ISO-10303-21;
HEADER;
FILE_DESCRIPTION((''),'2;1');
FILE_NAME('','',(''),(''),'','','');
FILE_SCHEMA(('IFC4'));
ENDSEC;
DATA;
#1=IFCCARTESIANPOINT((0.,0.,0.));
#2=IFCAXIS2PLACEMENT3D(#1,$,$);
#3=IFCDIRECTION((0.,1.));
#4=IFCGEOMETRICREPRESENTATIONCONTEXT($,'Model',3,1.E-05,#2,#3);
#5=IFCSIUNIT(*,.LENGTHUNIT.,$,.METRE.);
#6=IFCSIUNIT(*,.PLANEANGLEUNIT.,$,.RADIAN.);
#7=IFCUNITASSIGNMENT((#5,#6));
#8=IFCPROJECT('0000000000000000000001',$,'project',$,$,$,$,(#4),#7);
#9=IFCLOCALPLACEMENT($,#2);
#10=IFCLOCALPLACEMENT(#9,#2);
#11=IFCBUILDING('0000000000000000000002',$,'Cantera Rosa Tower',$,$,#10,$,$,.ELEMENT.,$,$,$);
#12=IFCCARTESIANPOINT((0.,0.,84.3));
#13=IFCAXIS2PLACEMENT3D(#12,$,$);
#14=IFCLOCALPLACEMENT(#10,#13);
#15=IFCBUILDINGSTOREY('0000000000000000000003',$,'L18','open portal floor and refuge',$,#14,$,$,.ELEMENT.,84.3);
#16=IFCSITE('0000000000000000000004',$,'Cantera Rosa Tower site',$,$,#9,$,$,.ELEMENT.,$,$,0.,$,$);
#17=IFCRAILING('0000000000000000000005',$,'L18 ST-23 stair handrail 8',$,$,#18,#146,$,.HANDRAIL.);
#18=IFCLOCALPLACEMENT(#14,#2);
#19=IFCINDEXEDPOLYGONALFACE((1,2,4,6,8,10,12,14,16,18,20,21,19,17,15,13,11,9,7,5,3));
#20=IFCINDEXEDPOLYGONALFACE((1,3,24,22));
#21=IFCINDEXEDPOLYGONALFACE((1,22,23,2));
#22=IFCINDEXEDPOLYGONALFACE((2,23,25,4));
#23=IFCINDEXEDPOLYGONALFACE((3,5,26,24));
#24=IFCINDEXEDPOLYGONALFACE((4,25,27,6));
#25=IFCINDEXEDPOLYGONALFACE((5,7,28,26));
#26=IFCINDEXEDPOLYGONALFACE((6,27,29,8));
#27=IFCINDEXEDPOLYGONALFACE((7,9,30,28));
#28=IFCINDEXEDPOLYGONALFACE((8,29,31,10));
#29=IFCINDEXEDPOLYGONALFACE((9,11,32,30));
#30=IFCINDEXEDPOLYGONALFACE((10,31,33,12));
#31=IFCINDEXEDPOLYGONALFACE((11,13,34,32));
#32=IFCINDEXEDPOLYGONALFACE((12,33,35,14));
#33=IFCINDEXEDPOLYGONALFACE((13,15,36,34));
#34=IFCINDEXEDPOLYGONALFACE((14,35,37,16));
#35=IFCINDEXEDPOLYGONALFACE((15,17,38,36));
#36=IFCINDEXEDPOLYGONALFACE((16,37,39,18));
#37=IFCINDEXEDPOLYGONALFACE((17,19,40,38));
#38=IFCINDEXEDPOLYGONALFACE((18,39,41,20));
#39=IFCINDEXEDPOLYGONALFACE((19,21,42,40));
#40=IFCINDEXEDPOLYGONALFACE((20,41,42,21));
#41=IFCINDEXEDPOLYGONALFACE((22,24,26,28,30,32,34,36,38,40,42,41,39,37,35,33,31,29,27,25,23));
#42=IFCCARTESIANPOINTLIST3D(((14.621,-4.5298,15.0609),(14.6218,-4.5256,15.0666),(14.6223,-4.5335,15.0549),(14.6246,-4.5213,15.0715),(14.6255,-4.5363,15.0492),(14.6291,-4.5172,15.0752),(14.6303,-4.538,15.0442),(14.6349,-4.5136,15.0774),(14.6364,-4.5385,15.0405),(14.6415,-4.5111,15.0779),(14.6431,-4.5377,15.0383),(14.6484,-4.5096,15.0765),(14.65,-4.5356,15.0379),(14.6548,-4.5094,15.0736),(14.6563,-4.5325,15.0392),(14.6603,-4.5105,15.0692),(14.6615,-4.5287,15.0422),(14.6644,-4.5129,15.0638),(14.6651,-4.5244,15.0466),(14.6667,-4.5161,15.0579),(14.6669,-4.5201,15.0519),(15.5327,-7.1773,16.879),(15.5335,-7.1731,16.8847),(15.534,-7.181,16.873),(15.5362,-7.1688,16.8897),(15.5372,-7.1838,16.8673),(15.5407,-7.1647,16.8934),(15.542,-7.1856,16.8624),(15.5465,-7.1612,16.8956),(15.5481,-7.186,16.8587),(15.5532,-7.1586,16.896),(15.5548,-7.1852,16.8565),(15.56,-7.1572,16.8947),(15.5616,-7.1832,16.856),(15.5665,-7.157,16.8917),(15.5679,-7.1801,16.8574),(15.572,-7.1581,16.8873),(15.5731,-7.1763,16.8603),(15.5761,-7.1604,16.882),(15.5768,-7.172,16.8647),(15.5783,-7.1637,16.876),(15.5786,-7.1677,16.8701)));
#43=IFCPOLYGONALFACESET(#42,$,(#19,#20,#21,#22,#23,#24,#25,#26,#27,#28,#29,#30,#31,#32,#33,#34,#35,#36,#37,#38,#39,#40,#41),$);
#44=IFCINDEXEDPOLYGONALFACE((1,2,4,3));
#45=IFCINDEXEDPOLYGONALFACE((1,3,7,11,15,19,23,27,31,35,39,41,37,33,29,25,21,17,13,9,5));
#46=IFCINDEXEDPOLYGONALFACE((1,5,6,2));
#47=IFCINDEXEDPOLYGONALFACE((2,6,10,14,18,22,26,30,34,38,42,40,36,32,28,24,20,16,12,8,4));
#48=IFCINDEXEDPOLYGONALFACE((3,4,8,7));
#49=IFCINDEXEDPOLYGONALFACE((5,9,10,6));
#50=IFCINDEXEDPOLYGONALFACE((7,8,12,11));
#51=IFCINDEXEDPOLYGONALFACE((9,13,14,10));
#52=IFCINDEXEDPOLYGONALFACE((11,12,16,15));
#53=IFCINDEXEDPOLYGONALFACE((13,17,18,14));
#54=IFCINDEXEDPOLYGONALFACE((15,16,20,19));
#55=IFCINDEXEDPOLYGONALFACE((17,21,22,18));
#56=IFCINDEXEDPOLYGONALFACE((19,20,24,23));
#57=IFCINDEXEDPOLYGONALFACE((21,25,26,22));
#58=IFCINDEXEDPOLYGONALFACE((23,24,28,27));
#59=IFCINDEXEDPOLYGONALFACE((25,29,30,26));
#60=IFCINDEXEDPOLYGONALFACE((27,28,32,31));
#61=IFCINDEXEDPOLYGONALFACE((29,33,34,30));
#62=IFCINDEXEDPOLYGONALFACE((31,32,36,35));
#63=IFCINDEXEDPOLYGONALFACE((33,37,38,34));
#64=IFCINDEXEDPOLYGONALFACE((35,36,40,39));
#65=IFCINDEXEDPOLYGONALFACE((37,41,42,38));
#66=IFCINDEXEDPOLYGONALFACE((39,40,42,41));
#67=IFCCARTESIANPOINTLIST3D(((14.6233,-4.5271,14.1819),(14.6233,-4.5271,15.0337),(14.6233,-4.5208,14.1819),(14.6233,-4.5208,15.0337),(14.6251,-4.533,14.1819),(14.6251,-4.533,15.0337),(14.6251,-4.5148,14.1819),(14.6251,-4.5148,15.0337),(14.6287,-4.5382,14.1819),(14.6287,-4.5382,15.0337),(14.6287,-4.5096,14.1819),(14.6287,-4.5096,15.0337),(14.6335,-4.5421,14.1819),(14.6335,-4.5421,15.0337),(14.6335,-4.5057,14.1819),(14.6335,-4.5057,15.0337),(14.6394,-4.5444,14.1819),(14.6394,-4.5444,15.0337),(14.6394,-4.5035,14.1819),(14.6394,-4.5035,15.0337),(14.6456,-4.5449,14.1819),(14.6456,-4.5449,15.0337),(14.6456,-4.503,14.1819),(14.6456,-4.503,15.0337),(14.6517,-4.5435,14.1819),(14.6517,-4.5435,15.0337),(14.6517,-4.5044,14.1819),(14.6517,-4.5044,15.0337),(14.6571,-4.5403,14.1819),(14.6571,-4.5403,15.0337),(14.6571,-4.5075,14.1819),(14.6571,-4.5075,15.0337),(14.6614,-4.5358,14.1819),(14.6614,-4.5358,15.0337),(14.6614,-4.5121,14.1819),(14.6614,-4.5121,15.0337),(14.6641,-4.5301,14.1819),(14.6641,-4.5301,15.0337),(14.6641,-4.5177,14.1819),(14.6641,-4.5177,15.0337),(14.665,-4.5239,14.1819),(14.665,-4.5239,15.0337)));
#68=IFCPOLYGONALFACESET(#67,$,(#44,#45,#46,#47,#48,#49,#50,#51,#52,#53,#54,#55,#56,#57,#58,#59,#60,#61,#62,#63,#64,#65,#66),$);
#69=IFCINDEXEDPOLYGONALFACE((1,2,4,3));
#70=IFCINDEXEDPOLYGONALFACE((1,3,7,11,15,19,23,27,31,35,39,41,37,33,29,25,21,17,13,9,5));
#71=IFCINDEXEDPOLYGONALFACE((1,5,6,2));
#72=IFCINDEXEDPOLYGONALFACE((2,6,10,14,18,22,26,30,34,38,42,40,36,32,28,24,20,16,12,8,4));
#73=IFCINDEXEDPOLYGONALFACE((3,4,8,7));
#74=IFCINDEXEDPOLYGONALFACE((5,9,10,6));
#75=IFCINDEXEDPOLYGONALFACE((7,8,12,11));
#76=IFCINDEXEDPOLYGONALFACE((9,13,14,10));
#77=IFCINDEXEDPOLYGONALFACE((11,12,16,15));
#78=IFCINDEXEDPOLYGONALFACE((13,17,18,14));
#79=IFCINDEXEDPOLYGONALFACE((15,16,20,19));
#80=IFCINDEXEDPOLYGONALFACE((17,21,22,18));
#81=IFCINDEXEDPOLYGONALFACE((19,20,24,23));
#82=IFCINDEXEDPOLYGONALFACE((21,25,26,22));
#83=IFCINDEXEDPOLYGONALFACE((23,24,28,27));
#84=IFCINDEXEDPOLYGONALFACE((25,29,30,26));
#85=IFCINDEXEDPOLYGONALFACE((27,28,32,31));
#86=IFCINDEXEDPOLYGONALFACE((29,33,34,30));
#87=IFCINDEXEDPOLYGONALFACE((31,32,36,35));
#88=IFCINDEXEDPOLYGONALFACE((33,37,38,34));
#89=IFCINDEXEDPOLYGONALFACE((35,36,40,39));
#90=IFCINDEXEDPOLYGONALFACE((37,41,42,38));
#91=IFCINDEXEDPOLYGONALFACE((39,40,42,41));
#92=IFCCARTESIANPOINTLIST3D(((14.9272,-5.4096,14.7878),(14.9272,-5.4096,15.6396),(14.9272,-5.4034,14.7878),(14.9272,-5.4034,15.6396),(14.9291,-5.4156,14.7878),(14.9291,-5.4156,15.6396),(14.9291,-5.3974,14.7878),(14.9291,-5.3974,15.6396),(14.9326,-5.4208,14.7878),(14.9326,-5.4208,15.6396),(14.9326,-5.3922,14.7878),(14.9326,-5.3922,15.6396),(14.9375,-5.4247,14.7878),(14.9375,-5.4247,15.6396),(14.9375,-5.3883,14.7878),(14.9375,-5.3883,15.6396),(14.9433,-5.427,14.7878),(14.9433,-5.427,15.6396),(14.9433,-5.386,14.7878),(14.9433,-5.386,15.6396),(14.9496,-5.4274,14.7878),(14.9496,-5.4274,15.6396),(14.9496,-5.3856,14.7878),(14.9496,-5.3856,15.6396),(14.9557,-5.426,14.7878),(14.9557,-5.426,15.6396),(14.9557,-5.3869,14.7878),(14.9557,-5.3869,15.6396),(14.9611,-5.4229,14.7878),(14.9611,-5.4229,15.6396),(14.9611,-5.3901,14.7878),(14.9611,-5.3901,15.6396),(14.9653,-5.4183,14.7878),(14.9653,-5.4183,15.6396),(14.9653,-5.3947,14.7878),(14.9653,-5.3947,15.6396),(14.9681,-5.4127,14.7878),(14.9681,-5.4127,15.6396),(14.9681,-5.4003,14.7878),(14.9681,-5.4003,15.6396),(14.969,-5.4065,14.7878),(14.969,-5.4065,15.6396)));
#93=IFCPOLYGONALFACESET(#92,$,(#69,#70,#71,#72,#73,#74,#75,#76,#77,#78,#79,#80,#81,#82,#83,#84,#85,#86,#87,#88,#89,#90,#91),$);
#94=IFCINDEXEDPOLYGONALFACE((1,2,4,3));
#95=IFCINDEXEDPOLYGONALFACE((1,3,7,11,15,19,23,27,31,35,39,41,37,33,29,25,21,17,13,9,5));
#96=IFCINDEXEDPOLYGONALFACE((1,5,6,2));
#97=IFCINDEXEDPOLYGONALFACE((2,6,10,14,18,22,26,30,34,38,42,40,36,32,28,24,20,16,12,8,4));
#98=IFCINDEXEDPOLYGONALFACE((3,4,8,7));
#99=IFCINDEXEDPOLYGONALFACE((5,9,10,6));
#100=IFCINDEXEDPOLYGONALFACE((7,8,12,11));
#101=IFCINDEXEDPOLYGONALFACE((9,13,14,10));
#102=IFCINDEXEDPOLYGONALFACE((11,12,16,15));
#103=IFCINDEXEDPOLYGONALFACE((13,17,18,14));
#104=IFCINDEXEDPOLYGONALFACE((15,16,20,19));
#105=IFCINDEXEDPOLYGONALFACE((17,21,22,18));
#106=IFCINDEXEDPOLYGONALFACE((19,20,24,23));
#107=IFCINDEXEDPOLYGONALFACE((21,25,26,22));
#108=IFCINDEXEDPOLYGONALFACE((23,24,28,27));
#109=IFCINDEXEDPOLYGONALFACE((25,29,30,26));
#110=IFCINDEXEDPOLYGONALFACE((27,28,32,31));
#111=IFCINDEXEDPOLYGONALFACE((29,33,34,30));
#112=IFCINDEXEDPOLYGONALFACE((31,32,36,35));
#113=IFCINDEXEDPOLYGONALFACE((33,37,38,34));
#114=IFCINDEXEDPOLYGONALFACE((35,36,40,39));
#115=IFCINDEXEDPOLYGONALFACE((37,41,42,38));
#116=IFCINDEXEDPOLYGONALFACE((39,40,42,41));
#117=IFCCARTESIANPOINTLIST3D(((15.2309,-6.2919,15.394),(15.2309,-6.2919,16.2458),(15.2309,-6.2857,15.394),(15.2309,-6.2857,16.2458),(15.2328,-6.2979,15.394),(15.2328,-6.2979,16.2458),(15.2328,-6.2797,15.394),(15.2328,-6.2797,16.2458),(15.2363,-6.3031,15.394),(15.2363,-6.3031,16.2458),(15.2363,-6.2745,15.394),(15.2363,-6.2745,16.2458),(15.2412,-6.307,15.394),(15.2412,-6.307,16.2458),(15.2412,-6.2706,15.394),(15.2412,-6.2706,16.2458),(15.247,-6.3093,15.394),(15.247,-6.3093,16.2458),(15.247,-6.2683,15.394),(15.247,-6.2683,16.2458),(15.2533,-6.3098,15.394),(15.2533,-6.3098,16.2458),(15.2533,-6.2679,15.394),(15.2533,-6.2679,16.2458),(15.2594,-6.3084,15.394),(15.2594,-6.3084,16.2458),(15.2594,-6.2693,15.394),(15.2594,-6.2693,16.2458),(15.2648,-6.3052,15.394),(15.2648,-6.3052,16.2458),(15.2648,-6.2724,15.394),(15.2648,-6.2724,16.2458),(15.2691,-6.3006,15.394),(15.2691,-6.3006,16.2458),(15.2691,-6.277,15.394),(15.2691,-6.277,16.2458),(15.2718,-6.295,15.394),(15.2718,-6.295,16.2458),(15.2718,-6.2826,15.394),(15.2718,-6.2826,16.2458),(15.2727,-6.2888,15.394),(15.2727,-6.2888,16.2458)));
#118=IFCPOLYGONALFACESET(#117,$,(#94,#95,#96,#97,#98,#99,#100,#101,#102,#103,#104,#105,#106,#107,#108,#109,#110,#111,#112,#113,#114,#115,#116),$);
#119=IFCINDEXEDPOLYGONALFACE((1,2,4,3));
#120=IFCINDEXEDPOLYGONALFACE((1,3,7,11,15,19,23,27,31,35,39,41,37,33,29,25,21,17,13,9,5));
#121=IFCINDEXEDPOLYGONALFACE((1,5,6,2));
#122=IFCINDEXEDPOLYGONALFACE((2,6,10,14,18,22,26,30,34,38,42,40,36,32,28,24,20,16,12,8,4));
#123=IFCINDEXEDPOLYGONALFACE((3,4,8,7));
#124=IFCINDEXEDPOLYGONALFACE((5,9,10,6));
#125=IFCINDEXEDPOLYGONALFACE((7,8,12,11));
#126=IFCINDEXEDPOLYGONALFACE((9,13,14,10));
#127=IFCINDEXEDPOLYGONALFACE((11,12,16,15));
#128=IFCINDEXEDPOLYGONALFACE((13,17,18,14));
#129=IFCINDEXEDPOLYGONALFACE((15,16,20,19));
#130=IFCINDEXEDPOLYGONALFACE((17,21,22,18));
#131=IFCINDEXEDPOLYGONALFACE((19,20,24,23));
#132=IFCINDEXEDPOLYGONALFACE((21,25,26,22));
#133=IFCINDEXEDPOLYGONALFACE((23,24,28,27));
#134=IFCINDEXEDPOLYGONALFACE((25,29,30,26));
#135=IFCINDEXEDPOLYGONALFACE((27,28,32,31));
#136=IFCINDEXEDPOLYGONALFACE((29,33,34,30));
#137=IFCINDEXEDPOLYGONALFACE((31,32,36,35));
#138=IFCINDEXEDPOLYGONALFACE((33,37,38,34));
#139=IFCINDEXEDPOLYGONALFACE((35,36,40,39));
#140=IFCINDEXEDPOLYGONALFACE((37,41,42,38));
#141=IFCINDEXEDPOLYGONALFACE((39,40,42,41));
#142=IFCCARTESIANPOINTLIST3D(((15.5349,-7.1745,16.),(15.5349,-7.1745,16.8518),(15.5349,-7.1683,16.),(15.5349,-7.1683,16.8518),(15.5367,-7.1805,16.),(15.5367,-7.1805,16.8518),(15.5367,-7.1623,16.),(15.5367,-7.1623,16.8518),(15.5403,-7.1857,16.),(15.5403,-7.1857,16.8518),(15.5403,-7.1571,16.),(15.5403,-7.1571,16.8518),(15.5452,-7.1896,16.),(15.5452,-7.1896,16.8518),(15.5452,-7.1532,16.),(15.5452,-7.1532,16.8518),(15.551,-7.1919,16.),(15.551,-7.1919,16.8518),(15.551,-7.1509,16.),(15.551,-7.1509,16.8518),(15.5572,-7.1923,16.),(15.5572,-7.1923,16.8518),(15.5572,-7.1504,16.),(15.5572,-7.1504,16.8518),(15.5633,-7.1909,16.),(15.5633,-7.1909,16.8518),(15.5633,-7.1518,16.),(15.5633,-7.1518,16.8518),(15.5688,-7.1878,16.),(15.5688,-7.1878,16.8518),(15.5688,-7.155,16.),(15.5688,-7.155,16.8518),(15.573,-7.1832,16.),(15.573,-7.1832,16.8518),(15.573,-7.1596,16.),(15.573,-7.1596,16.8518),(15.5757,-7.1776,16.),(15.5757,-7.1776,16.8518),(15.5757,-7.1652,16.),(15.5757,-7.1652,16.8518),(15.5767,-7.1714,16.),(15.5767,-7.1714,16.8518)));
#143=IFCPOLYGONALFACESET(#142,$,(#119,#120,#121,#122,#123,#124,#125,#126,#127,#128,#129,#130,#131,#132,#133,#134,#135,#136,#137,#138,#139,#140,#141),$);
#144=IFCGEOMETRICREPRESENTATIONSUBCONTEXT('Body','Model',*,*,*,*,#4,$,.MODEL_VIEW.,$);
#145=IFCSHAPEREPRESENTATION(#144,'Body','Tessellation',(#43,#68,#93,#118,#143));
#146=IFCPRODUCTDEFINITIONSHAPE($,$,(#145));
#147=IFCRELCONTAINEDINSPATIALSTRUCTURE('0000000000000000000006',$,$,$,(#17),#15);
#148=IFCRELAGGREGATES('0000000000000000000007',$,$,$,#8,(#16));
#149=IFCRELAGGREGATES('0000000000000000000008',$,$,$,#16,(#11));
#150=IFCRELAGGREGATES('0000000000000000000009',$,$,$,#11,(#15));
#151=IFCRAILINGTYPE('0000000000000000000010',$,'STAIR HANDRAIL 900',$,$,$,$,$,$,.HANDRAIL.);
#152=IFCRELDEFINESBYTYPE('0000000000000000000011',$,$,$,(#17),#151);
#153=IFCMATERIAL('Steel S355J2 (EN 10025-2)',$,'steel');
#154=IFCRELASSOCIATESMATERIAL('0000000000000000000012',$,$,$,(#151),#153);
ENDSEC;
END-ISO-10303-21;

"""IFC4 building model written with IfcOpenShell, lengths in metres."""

from ifc_helpers import new_model, si_unit, direction, frame, origin, origin_2d, place, context, subcontext, project, spatial, circle, extrude, material, type_object, element, save


model = new_model("IFC4")

# Units and contexts
model_context = context("Model", 3, precision=1e-05, world=origin(), true_north=direction((0.0, 1.0)))
body_context = subcontext(model_context, "Body", "Model", "MODEL_VIEW")
ifc_project = project(units=[si_unit("LENGTHUNIT", "METRE"), si_unit("PLANEANGLEUNIT", "RADIAN")], contexts=[model_context])

# Site, building, storey
site_placement = place(None, origin())
site = spatial("IfcSite", under=ifc_project, at=site_placement, Name="Cantera Rosa Tower site", CompositionType="ELEMENT", RefElevation=0.0)
building_placement = place(site_placement, origin())
building = spatial("IfcBuilding", under=site, at=building_placement, Name="Cantera Rosa Tower", CompositionType="ELEMENT")
storey_placement = place(building_placement, frame((0.0, 0.0, 84.3)))
storey = spatial("IfcBuildingStorey", under=building, at=storey_placement, Name="L18", Description="open portal floor and refuge", CompositionType="ELEMENT", Elevation=84.3)

# Railing
ifc_material_1 = material(Name="Steel S355J2 (EN 10025-2)", Category="steel")
railing_type_1 = type_object("IfcRailingType", Name="STAIR HANDRAIL 900", PredefinedType="HANDRAIL", material=ifc_material_1)
for number, where, name in (
    (1, (14.644, -4.5239, 14.1819), "L18 ST-23 stair handrail 8"),
):
    element("IfcRailing", number, at=place(storey_placement, frame(where)), inside=storey, type_object=railing_type_1, Name=name, PredefinedType="HANDRAIL", context=body_context, shape_type="SweptSolid", body=[
        extrude(circle(Radius=0.0239, at=origin_2d()), frame((0.0, 0.0, 0.876), z_axis=(0.273062, -0.793007, 0.544589), x_axis=(0.945516, 0.325577, 0.0)), (0.0, 0.0, 1.0), 3.3386),
        extrude(circle(Radius=0.021, at=origin_2d()), origin(), (0.0, 0.0, 1.0), 0.8518),
        extrude(circle(Radius=0.021, at=origin_2d()), frame((0.304, -0.8826, 0.606)), (0.0, 0.0, 1.0), 0.8518),
        extrude(circle(Radius=0.021, at=origin_2d()), frame((0.6077, -1.7649, 1.2122)), (0.0, 0.0, 1.0), 0.8518),
        extrude(circle(Radius=0.021, at=origin_2d()), frame((0.9116, -2.6475, 1.8181)), (0.0, 0.0, 1.0), 0.8518),
    ])

save(model, "model.ifc")
